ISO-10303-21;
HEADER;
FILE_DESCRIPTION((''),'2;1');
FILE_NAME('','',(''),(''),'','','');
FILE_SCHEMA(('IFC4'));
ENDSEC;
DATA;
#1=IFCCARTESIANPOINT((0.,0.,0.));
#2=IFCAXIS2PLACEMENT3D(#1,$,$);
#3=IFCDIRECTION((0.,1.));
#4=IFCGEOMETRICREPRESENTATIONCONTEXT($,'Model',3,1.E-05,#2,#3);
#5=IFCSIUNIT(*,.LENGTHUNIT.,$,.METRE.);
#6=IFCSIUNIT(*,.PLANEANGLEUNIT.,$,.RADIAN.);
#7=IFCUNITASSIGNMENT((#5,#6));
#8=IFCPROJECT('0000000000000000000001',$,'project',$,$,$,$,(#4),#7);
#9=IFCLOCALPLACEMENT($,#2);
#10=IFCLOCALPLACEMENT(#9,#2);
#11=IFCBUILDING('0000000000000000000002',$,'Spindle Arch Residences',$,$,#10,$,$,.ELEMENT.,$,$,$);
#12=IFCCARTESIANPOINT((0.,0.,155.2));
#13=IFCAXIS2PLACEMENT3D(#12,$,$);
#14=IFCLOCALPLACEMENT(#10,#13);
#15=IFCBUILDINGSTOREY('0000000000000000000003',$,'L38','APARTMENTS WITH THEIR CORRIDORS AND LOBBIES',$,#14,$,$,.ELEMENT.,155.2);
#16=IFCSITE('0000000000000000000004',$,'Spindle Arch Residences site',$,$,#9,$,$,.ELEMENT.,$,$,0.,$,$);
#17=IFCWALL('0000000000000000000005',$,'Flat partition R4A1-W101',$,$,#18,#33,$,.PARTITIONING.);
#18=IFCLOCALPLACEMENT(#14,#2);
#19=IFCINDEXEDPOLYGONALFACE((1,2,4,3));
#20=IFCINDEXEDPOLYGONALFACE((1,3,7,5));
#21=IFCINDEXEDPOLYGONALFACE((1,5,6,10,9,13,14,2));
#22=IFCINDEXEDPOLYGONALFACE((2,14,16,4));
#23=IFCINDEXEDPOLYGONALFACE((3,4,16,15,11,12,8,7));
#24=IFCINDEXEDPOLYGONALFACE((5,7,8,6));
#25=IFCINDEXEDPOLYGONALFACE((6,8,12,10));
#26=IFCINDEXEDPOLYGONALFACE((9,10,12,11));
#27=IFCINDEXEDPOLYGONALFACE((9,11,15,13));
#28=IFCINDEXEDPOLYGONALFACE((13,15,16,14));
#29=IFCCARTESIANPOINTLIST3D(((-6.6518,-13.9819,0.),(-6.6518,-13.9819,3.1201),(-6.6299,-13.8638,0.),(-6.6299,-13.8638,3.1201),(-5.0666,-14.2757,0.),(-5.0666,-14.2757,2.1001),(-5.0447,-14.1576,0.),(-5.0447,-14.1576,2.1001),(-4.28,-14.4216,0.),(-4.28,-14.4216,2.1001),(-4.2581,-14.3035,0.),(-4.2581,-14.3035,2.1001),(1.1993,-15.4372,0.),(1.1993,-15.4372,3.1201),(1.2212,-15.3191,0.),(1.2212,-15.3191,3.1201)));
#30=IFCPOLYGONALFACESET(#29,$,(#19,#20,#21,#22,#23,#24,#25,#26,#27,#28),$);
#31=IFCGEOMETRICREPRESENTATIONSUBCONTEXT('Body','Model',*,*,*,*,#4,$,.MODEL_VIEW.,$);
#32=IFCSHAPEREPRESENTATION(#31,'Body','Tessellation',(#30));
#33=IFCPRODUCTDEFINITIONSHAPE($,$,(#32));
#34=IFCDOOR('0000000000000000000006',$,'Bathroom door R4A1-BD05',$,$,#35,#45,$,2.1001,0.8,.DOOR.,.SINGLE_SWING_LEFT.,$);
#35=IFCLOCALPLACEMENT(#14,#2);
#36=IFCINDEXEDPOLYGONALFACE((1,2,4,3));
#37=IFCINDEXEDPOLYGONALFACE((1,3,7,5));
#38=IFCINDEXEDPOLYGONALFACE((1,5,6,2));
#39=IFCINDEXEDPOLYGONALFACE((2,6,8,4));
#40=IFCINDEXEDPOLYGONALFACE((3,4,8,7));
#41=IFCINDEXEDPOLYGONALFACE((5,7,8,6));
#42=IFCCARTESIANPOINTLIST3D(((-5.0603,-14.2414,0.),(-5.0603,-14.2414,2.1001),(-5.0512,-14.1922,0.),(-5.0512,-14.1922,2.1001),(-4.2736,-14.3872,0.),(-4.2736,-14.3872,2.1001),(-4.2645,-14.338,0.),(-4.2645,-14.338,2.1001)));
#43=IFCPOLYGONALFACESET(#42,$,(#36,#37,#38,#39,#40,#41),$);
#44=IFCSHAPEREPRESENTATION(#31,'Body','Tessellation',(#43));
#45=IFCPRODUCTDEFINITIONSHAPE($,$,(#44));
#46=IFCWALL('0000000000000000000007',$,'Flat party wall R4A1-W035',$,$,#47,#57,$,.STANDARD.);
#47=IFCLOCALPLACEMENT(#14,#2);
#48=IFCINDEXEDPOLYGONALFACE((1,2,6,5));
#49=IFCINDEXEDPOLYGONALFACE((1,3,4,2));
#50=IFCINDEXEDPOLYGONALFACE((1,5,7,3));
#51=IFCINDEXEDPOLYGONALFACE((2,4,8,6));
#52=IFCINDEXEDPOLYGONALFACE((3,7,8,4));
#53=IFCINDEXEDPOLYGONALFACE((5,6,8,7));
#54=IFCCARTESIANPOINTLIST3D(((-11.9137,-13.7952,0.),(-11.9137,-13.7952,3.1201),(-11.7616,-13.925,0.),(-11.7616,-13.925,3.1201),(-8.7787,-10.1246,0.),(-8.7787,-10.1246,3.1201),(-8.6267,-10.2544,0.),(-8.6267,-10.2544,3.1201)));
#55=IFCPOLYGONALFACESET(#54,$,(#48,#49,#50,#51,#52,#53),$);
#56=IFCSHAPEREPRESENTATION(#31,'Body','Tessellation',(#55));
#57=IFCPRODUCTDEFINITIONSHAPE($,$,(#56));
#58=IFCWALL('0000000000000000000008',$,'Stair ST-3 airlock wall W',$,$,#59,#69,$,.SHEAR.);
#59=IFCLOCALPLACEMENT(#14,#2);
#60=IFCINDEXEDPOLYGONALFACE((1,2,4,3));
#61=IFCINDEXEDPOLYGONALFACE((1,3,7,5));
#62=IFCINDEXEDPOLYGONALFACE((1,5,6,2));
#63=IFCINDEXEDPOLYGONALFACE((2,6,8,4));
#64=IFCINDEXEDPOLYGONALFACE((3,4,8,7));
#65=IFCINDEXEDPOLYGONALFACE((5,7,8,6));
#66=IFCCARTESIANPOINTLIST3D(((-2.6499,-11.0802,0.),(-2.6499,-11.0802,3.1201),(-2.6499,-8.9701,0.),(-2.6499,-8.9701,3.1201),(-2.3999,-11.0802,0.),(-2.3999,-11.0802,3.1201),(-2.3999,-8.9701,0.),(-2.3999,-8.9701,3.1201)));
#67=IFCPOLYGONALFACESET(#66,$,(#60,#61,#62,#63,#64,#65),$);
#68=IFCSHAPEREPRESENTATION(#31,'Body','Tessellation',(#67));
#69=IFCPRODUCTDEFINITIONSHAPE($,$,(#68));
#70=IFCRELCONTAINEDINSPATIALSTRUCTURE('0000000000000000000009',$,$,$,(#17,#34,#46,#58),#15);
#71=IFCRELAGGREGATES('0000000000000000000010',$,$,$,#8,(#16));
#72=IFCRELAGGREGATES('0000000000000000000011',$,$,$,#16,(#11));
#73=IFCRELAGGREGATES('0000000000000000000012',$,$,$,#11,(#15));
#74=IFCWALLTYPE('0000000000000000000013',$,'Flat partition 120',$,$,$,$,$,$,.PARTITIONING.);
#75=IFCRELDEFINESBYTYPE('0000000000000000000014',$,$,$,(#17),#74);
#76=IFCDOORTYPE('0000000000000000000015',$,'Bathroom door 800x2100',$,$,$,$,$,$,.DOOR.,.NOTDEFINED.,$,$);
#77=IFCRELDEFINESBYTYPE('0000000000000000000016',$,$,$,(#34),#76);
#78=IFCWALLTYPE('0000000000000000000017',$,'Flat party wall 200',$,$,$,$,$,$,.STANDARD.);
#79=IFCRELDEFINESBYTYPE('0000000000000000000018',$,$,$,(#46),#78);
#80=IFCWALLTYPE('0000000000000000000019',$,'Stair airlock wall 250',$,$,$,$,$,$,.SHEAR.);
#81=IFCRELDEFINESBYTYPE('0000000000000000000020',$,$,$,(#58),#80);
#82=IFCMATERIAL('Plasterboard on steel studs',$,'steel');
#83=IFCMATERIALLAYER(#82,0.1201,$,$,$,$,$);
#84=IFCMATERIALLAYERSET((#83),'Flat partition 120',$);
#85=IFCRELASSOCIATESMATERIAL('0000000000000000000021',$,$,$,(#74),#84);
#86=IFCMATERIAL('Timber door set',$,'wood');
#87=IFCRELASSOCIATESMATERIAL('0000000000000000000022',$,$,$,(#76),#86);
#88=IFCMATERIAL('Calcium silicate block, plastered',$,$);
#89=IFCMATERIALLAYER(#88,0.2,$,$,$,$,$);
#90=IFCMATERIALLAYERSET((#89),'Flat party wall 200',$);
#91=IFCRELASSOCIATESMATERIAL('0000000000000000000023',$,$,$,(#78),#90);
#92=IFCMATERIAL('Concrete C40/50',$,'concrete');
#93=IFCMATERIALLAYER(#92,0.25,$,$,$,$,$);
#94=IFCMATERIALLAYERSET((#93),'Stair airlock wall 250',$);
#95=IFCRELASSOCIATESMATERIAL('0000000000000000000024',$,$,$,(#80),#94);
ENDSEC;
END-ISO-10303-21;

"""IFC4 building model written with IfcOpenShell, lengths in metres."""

from ifc_helpers import new_model, si_unit, direction, frame, frame_2d, origin, place, context, subcontext, project, spatial, rectangle, extrude, material, layer, layer_set, type_object, element, fill, save


model = new_model("IFC4")

# Units and contexts
model_context = context("Model", 3, precision=1e-05, world=origin(), true_north=direction((0.0, 1.0)))
body_context = subcontext(model_context, "Body", "Model", "MODEL_VIEW")
ifc_project = project(units=[si_unit("LENGTHUNIT", "METRE"), si_unit("PLANEANGLEUNIT", "RADIAN")], contexts=[model_context])

# Site, building, storey
site_placement = place(None, origin())
site = spatial("IfcSite", under=ifc_project, at=site_placement, Name="Spindle Arch Residences site", CompositionType="ELEMENT", RefElevation=0.0)
building_placement = place(site_placement, origin())
building = spatial("IfcBuilding", under=site, at=building_placement, Name="Spindle Arch Residences", CompositionType="ELEMENT")
storey_placement = place(building_placement, frame((0.0, 0.0, 155.2)))
storey = spatial("IfcBuildingStorey", under=building, at=storey_placement, Name="L38", Description="APARTMENTS WITH THEIR CORRIDORS AND LOBBIES", CompositionType="ELEMENT", Elevation=155.2)

# Shared definitions
ifc_material_1 = material(Name="Plasterboard on steel studs", Category="steel")
ifc_layer_1 = layer(ifc_material_1, 0.1201)
ifc_layer_set_1 = layer_set([ifc_layer_1], Name="Flat partition 120")
wall_type_1 = type_object("IfcWallType", Name="Flat partition 120", PredefinedType="PARTITIONING", material=ifc_layer_set_1)
ifc_material_2 = material(Name="Timber door set", Category="wood")
door_type_1 = type_object("IfcDoorType", Name="Bathroom door 800x2100", OperationType="NOTDEFINED", PredefinedType="DOOR", material=ifc_material_2)

# Wall, opening, door
wall_1_placement = place(storey_placement, frame((-6.6409, -13.9229, 0.0), z_axis=(0.0, 0.0, 1.0), x_axis=(0.98325, -0.182261, 0.0)))
wall_1 = element("IfcWall", 1, at=wall_1_placement, inside=storey, type_object=wall_type_1, Name="Flat partition R4A1-W101", PredefinedType="PARTITIONING", context=body_context, shape_type="SweptSolid", body=[
    extrude(rectangle(XDim=7.9849, YDim=0.1201, at=frame_2d((3.9924, 0.0))), origin(), (0.0, 0.0, 1.0), 3.1201),
])
opening_1_placement = place(wall_1_placement, frame((1.6123, 0.0, 0.0)))
opening_1 = element("IfcOpeningElement", 2, at=opening_1_placement, cuts=wall_1, PredefinedType="OPENING", context=body_context, shape_type="SweptSolid", body=[
    extrude(rectangle(XDim=0.8, YDim=2.1001, at=frame_2d((0.3999, 1.05))), frame((0.0, 0.0701, 0.0), z_axis=(0.0, -1.0, 0.0), x_axis=(1.0, 0.0, 0.0)), (0.0, 0.0, 1.0), 0.1401),
])
door_1_placement = place(opening_1_placement, origin())
door_1 = element("IfcDoor", 3, at=door_1_placement, inside=storey, type_object=door_type_1, Name="Bathroom door R4A1-BD05", OperationType="SINGLE_SWING_LEFT", OverallHeight=2.1001, OverallWidth=0.8, PredefinedType="DOOR", context=body_context, shape_type="SweptSolid", body=[
    extrude(rectangle(XDim=0.8, YDim=2.1001, at=frame_2d((0.3999, 1.05))), frame((0.0, 0.0249, 0.0), z_axis=(0.0, -1.0, 0.0), x_axis=(1.0, 0.0, 0.0)), (0.0, 0.0, 1.0), 0.05),
])
fill(opening_1, door_1)

# Walls
ifc_material_3 = material(Name="Calcium silicate block, plastered")
ifc_layer_2 = layer(ifc_material_3, 0.2)
ifc_layer_set_2 = layer_set([ifc_layer_2], Name="Flat party wall 200")
wall_type_2 = type_object("IfcWallType", Name="Flat party wall 200", PredefinedType="STANDARD", material=ifc_layer_set_2)
wall_2_placement = place(storey_placement, frame((-11.8376, -13.8601, 0.0), z_axis=(0.0, 0.0, 1.0), x_axis=(0.649445, 0.760409, 0.0)))
element("IfcWall", 4, at=wall_2_placement, inside=storey, type_object=wall_type_2, Name="Flat party wall R4A1-W035", PredefinedType="STANDARD", context=body_context, shape_type="SweptSolid", body=[
    extrude(rectangle(XDim=4.8271, YDim=0.2, at=frame_2d((2.4136, 0.0))), origin(), (0.0, 0.0, 1.0), 3.1201),
])
ifc_material_4 = material(Name="Concrete C40/50", Category="concrete")
ifc_layer_3 = layer(ifc_material_4, 0.25)
ifc_layer_set_3 = layer_set([ifc_layer_3], Name="Stair airlock wall 250")
wall_type_3 = type_object("IfcWallType", Name="Stair airlock wall 250", PredefinedType="SHEAR", material=ifc_layer_set_3)
wall_3_placement = place(storey_placement, frame((-2.5249, -8.97, 0.0), z_axis=(0.0, 0.0, 1.0), x_axis=(0.0, -1.0, 0.0)))
element("IfcWall", 5, at=wall_3_placement, inside=storey, type_object=wall_type_3, Name="Stair ST-3 airlock wall W", PredefinedType="SHEAR", context=body_context, shape_type="SweptSolid", body=[
    extrude(rectangle(XDim=2.1101, YDim=0.25, at=frame_2d((1.0552, 0.0))), origin(), (0.0, 0.0, 1.0), 3.1201),
])

save(model, "model.ifc")
